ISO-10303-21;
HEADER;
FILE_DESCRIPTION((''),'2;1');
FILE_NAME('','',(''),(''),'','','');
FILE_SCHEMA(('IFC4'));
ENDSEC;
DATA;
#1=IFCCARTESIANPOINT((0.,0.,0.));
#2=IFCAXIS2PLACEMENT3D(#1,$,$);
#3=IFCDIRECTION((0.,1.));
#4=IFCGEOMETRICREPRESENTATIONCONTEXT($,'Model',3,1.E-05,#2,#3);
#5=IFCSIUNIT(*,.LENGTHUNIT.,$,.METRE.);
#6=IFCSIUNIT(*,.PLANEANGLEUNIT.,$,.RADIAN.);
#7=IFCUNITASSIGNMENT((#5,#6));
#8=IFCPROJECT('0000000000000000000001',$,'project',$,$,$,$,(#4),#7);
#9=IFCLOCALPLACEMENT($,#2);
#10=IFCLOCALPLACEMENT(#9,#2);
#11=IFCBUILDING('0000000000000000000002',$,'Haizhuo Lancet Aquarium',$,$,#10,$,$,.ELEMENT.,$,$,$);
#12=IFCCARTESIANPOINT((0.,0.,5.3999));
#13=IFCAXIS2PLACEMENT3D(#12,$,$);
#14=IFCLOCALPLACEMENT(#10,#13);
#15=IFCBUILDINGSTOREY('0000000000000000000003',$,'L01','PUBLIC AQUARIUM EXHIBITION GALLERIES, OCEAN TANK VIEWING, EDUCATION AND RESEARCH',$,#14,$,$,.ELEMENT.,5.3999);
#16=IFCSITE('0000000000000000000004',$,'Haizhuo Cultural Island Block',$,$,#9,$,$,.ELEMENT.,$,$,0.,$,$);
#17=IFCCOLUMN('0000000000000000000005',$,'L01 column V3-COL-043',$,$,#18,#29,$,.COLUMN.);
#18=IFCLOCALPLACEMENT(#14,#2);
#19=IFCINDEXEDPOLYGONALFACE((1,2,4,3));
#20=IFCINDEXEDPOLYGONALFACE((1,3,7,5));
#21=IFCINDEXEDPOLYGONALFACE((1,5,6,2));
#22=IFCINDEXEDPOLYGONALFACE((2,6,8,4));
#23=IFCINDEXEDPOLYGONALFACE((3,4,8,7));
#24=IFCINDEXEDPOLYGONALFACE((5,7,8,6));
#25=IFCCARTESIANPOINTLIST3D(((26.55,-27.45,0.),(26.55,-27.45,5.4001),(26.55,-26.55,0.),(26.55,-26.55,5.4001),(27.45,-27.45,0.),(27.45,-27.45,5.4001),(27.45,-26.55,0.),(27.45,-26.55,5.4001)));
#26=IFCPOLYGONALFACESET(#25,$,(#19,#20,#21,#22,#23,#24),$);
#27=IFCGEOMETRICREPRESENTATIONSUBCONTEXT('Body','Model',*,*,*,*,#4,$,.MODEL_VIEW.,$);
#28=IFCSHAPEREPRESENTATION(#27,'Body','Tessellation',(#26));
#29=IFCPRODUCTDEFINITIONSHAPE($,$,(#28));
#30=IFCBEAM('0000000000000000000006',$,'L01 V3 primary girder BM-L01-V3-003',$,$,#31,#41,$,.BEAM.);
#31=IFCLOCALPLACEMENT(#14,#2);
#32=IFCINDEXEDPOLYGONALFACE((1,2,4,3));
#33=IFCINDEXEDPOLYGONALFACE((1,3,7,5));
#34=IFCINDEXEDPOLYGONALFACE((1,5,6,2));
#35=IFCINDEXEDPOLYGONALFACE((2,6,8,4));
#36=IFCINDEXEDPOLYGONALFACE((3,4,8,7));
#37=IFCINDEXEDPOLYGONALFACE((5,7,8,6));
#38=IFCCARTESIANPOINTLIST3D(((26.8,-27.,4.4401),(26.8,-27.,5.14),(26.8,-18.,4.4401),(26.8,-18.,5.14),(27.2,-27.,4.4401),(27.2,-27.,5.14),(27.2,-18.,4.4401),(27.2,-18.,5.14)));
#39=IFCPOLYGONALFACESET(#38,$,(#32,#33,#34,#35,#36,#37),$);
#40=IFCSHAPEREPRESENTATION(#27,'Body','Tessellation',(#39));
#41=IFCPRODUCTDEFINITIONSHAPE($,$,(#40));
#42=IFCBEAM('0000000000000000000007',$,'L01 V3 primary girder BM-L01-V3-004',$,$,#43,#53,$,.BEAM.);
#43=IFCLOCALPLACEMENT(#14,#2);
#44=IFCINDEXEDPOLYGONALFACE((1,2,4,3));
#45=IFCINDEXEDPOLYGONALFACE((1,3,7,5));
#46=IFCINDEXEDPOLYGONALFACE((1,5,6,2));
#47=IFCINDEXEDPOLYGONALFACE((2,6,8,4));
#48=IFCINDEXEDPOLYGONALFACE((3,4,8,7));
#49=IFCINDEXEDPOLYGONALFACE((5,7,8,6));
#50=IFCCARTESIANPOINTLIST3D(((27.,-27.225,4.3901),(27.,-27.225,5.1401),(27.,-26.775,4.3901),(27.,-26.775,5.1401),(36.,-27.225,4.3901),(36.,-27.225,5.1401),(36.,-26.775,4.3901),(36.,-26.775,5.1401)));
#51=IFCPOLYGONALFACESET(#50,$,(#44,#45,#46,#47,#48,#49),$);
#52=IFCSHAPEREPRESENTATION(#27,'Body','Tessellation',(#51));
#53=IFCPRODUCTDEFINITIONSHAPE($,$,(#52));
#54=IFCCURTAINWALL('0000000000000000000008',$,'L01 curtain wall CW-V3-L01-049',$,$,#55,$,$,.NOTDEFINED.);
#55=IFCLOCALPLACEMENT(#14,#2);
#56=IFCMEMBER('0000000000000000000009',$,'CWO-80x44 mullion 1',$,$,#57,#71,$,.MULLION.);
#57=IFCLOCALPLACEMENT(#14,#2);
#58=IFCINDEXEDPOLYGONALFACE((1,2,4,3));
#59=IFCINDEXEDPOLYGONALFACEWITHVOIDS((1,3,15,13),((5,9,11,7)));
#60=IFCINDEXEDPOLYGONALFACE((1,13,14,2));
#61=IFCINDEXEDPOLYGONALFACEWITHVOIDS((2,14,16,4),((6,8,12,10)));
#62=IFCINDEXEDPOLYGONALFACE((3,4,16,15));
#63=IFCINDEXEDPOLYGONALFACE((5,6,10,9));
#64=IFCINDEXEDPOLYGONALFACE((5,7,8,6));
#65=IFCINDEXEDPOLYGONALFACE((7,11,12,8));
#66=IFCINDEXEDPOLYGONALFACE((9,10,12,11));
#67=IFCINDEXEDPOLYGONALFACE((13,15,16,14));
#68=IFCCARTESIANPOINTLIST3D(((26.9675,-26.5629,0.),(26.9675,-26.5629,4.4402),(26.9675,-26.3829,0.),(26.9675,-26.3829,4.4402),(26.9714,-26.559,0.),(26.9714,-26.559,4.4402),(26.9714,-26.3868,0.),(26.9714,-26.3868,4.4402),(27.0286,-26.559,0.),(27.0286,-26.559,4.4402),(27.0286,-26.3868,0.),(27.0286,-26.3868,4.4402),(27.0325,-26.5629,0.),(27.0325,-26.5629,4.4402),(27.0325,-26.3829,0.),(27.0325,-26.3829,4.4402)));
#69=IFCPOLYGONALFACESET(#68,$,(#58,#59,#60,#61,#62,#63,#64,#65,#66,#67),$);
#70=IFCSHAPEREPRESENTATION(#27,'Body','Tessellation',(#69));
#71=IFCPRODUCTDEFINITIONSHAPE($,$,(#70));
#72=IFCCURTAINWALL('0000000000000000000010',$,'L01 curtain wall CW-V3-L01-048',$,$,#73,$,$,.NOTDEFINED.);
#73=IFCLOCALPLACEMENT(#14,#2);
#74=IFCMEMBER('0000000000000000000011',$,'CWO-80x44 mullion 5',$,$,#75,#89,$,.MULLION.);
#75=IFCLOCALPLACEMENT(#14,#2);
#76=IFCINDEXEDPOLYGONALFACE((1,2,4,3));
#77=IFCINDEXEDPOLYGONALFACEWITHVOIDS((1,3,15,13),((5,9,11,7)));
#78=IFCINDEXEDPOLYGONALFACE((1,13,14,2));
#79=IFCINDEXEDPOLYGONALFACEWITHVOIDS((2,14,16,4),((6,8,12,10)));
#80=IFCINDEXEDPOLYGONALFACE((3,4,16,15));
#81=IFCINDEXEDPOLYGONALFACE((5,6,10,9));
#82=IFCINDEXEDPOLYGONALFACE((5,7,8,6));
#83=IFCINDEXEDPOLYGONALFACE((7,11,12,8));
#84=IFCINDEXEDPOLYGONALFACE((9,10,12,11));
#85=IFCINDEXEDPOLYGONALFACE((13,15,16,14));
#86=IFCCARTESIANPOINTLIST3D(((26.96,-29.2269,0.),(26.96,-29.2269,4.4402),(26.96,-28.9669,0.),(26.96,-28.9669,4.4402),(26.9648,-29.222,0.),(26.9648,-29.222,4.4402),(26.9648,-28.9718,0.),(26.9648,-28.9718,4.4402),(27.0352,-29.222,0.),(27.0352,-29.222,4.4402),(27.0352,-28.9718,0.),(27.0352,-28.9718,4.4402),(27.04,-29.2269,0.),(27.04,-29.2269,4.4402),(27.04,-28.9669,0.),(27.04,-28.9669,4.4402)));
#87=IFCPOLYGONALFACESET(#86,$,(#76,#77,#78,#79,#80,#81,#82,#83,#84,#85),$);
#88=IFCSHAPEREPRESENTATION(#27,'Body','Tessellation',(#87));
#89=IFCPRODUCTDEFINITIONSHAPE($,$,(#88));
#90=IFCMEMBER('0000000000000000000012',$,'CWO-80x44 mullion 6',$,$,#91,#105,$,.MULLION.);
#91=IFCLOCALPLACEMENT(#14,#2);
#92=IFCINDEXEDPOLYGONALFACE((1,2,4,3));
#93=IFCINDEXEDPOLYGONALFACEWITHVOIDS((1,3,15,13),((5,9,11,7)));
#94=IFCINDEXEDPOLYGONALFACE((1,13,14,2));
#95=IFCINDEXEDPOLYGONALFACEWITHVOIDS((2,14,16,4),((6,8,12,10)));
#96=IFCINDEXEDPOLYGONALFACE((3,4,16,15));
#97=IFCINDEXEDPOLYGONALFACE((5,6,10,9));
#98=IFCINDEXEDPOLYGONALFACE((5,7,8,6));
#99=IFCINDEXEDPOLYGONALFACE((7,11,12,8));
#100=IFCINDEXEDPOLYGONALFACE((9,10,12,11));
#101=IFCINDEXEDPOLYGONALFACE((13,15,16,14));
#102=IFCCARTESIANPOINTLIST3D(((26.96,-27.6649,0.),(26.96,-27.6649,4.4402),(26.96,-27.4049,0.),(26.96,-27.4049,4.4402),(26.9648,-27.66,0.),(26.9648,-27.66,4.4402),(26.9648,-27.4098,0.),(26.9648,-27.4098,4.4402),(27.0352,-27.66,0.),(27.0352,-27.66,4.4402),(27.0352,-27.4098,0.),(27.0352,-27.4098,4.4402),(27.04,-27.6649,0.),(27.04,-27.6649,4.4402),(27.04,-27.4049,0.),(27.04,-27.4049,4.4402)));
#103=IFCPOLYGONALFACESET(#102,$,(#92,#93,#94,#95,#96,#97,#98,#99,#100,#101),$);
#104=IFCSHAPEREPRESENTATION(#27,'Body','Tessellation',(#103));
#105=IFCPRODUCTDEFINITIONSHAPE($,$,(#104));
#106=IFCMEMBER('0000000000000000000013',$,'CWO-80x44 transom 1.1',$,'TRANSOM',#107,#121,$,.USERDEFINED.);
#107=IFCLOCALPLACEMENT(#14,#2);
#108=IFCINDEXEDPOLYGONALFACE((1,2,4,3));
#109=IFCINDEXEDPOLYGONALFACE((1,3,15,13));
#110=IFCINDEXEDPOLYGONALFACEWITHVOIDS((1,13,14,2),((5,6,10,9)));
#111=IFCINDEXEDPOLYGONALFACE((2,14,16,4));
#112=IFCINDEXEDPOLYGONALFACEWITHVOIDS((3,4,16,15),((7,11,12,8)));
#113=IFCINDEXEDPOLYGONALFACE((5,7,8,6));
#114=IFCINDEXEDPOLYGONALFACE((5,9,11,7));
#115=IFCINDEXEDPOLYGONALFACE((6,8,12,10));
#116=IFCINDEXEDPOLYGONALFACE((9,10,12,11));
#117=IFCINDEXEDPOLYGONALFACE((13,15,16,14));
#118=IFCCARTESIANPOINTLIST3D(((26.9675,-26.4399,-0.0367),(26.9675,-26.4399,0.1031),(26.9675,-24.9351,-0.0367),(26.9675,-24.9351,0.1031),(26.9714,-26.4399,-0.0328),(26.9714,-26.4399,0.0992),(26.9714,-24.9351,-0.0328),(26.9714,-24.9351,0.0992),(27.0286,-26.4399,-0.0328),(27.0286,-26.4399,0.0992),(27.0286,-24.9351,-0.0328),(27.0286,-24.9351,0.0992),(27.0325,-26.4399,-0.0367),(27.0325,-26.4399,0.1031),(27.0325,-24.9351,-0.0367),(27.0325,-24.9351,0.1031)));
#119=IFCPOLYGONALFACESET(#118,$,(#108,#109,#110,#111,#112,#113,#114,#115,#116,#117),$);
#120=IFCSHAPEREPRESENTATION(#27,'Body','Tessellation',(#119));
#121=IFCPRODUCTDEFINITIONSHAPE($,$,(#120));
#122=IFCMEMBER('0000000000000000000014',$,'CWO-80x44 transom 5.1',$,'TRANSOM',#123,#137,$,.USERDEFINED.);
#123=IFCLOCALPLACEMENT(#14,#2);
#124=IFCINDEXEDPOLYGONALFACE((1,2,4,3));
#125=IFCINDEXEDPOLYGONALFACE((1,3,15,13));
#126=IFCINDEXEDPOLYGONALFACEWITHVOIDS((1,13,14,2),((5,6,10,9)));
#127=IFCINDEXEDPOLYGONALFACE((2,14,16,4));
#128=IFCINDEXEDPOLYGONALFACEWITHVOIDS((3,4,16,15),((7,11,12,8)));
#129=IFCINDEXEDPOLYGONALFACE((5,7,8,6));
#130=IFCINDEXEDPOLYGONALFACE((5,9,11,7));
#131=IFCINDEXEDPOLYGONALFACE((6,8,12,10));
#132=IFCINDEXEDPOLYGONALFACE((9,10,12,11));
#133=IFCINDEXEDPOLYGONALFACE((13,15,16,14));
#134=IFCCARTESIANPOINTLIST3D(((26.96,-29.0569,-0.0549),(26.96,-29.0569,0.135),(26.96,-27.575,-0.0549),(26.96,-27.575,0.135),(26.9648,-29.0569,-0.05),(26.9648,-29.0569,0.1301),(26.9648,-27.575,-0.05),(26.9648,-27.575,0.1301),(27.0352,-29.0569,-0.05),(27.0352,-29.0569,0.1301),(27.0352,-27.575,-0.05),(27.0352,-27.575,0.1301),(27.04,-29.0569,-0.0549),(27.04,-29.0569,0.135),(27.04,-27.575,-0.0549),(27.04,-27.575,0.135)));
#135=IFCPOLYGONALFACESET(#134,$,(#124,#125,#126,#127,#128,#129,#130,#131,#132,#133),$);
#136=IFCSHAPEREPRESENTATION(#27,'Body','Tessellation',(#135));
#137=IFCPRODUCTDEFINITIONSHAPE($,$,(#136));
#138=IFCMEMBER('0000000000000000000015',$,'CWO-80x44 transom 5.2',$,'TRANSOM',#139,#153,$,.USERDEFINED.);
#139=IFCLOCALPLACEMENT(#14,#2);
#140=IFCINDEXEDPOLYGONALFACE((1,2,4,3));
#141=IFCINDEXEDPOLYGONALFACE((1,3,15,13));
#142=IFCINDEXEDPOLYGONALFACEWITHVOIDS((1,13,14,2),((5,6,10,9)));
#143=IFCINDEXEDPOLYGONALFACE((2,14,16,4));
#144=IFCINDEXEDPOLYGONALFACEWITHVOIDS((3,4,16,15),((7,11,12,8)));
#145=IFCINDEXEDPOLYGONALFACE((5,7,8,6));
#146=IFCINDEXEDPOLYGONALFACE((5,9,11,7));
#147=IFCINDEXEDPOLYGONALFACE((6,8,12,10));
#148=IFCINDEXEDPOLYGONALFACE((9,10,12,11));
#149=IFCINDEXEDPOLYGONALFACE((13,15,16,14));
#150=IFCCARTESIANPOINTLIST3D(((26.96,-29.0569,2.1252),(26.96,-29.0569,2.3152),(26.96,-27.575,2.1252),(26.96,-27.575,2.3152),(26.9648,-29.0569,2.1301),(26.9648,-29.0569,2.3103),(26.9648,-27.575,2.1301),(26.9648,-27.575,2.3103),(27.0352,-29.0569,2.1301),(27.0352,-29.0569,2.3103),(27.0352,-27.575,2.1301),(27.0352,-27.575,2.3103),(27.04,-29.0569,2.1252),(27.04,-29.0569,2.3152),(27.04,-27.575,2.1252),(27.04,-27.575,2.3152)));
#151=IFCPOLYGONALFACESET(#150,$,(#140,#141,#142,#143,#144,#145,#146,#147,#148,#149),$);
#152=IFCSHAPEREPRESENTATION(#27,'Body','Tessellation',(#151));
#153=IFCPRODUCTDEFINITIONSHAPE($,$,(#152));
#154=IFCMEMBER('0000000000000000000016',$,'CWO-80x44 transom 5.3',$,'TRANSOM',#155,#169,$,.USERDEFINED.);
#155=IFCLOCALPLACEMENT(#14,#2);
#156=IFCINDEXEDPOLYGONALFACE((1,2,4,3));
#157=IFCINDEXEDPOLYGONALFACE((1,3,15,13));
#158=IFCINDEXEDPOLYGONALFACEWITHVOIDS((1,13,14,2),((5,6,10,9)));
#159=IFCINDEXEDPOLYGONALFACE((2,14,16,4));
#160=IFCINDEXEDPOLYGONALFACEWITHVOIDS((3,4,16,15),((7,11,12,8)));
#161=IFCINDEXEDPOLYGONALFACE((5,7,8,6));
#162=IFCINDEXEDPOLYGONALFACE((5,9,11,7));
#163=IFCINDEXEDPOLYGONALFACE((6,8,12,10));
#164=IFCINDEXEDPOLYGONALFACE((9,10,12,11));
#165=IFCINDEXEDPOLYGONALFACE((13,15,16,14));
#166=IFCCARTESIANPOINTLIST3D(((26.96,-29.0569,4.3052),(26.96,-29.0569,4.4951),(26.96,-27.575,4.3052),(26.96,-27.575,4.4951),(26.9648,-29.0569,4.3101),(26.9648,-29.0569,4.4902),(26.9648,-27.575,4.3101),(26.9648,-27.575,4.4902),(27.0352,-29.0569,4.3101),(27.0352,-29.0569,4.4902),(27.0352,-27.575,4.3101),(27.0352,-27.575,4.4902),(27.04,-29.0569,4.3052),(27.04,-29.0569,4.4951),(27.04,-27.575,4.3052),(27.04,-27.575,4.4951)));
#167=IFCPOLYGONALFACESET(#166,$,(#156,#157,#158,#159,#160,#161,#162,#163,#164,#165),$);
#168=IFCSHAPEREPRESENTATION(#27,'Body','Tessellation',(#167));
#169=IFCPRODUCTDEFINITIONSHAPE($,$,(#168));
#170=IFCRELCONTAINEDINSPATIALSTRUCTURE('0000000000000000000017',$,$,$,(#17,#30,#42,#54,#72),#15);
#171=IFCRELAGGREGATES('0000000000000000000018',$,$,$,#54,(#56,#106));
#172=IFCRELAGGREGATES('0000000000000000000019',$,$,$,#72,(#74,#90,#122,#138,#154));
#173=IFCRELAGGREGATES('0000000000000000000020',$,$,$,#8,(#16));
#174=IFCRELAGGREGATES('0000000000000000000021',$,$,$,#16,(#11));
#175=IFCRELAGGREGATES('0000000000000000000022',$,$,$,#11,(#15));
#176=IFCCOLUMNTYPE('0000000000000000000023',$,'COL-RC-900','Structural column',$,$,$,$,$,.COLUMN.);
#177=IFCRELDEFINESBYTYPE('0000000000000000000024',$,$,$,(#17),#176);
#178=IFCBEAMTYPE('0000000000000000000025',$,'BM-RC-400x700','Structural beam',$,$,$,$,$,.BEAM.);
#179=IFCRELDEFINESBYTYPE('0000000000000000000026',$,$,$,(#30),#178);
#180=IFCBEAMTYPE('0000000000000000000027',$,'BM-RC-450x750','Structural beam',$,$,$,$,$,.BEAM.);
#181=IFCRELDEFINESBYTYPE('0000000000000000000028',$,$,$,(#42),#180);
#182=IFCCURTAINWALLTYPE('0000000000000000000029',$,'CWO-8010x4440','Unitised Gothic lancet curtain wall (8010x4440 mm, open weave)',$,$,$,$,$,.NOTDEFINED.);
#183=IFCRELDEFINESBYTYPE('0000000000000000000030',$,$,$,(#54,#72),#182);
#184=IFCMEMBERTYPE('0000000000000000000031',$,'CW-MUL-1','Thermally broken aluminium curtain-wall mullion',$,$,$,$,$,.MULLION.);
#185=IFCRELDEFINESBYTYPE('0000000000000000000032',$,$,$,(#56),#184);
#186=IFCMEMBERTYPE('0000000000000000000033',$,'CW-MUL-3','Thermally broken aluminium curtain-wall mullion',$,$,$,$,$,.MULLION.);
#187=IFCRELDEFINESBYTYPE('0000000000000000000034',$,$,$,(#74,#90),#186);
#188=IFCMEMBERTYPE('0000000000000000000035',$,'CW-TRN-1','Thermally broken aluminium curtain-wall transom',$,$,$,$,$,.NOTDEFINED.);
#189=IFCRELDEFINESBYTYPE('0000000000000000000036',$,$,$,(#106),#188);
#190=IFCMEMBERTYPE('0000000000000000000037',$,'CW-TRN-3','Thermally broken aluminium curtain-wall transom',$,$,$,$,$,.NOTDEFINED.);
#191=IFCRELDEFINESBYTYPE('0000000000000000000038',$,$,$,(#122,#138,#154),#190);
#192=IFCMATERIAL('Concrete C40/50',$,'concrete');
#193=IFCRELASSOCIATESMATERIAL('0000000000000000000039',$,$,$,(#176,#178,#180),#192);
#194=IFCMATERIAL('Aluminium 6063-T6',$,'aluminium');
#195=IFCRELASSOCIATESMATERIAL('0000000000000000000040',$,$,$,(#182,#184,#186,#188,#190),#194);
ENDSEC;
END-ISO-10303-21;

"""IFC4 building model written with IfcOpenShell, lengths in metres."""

from ifc_helpers import new_model, si_unit, direction, frame, origin, origin_2d, place, context, subcontext, project, spatial, rectangle, hollow_rectangle, extrude, material, material_profile, profile_set, type_object, element, aggregate, save


model = new_model("IFC4")

# Units and contexts
model_context = context("Model", 3, precision=1e-05, world=origin(), true_north=direction((0.0, 1.0)))
body_context = subcontext(model_context, "Body", "Model", "MODEL_VIEW")
ifc_project = project(units=[si_unit("LENGTHUNIT", "METRE"), si_unit("PLANEANGLEUNIT", "RADIAN")], contexts=[model_context])

# Site, building, storey
site_placement = place(None, origin())
site = spatial("IfcSite", under=ifc_project, at=site_placement, Name="Haizhuo Cultural Island Block", CompositionType="ELEMENT", RefElevation=0.0)
building_placement = place(site_placement, origin())
building = spatial("IfcBuilding", under=site, at=building_placement, Name="Haizhuo Lancet Aquarium", CompositionType="ELEMENT")
storey_placement = place(building_placement, frame((0.0, 0.0, 5.3999)))
storey = spatial("IfcBuildingStorey", under=building, at=storey_placement, Name="L01", Description="PUBLIC AQUARIUM EXHIBITION GALLERIES, OCEAN TANK VIEWING, EDUCATION AND RESEARCH", CompositionType="ELEMENT", Elevation=5.3999)

# Column
ifc_material_1 = material(Name="Concrete C40/50", Category="concrete")
ifc_material_profile_1 = material_profile(ifc_material_1, rectangle(XDim=0.8999, YDim=0.8999, at=origin_2d()), Name="RC-COL 900x900")
ifc_profile_set_1 = profile_set([ifc_material_profile_1], Name="Concrete C40/50")
column_type = type_object("IfcColumnType", Name="COL-RC-900", Description="Structural column", PredefinedType="COLUMN", material=ifc_profile_set_1)
column_placement = place(storey_placement, frame((27.0, -27.0, 0.0), z_axis=(0.0, 0.0, 1.0), x_axis=(1.0, 0.0, 0.0)))
element("IfcColumn", 1, at=column_placement, inside=storey, type_object=column_type, Name="L01 column V3-COL-043", PredefinedType="COLUMN", context=body_context, shape_type="SweptSolid", body=[
    extrude(rectangle(XDim=0.8999, YDim=0.8999, at=origin_2d()), origin(), (0.0, 0.0, 1.0), 5.4001),
])

# Beams
ifc_material_profile_2 = material_profile(ifc_material_1, rectangle(XDim=0.3999, YDim=0.7, at=origin_2d()), Name="RC-BM 400x700")
ifc_profile_set_2 = profile_set([ifc_material_profile_2], Name="Concrete C40/50")
beam_type_1 = type_object("IfcBeamType", Name="BM-RC-400x700", Description="Structural beam", PredefinedType="BEAM", material=ifc_profile_set_2)
beam_1_placement = place(storey_placement, frame((27.0, -27.0, 4.79), z_axis=(0.0, 1.0, 0.0), x_axis=(-1.0, 0.0, 0.0)))
element("IfcBeam", 2, at=beam_1_placement, inside=storey, type_object=beam_type_1, Name="L01 V3 primary girder BM-L01-V3-003", PredefinedType="BEAM", context=body_context, shape_type="SweptSolid", body=[
    extrude(rectangle(XDim=0.3999, YDim=0.7, at=origin_2d()), origin(), (0.0, 0.0, 1.0), 9.0),
])
ifc_material_profile_3 = material_profile(ifc_material_1, rectangle(XDim=0.45, YDim=0.75, at=origin_2d()), Name="RC-BM 450x750")
ifc_profile_set_3 = profile_set([ifc_material_profile_3], Name="Concrete C40/50")
beam_type_2 = type_object("IfcBeamType", Name="BM-RC-450x750", Description="Structural beam", PredefinedType="BEAM", material=ifc_profile_set_3)
beam_2_placement = place(storey_placement, frame((27.0, -27.0, 4.7651), z_axis=(1.0, 0.0, 0.0), x_axis=(0.0, 1.0, 0.0)))
element("IfcBeam", 3, at=beam_2_placement, inside=storey, type_object=beam_type_2, Name="L01 V3 primary girder BM-L01-V3-004", PredefinedType="BEAM", context=body_context, shape_type="SweptSolid", body=[
    extrude(rectangle(XDim=0.45, YDim=0.75, at=origin_2d()), origin(), (0.0, 0.0, 1.0), 9.0),
])

# Curtain wall, member
ifc_material_2 = material(Name="Aluminium 6063-T6", Category="aluminium")
curtain_wall_type = type_object("IfcCurtainWallType", Name="CWO-8010x4440", Description="Unitised Gothic lancet curtain wall (8010x4440 mm, open weave)", PredefinedType="NOTDEFINED", material=ifc_material_2)
curtain_wall_1_placement = place(storey_placement, origin())
curtain_wall_1 = element("IfcCurtainWall", 4, at=curtain_wall_1_placement, inside=storey, type_object=curtain_wall_type, Name="L01 curtain wall CW-V3-L01-049", PredefinedType="NOTDEFINED")
ifc_material_profile_4 = material_profile(ifc_material_2, hollow_rectangle(XDim=0.0649, YDim=0.1799, WallThickness=0.0039, at=origin_2d()), Name="ALU-M 65x180x4")
ifc_profile_set_4 = profile_set([ifc_material_profile_4], Name="Aluminium 6063-T6")
member_type_1 = type_object("IfcMemberType", Name="CW-MUL-1", Description="Thermally broken aluminium curtain-wall mullion", PredefinedType="MULLION", material=ifc_profile_set_4)
member_1_placement = place(storey_placement, frame((27.0, -26.4729, 0.0), z_axis=(0.0, 0.0, 1.0), x_axis=(-1.0, 0.0, 0.0)))
member_1 = element("IfcMember", 5, at=member_1_placement, type_object=member_type_1, Name="CWO-80x44 mullion 1", PredefinedType="MULLION", context=body_context, shape_type="SweptSolid", body=[
    extrude(hollow_rectangle(XDim=0.0649, YDim=0.1799, WallThickness=0.0039, at=origin_2d()), origin(), (0.0, 0.0, 1.0), 4.4402),
])

# Curtain wall, members
curtain_wall_2_placement = place(storey_placement, origin())
curtain_wall_2 = element("IfcCurtainWall", 6, at=curtain_wall_2_placement, inside=storey, type_object=curtain_wall_type, Name="L01 curtain wall CW-V3-L01-048", PredefinedType="NOTDEFINED")
ifc_material_profile_5 = material_profile(ifc_material_2, hollow_rectangle(XDim=0.0801, YDim=0.26, WallThickness=0.0049, at=origin_2d()), Name="ALU-M 80x260x5")
ifc_profile_set_5 = profile_set([ifc_material_profile_5], Name="Aluminium 6063-T6")
member_type_2 = type_object("IfcMemberType", Name="CW-MUL-3", Description="Thermally broken aluminium curtain-wall mullion", PredefinedType="MULLION", material=ifc_profile_set_5)
member_2_placement = place(storey_placement, frame((27.0, -29.0969, 0.0), z_axis=(0.0, 0.0, 1.0), x_axis=(-1.0, 0.0, 0.0)))
member_2 = element("IfcMember", 7, at=member_2_placement, type_object=member_type_2, Name="CWO-80x44 mullion 5", PredefinedType="MULLION", context=body_context, shape_type="SweptSolid", body=[
    extrude(hollow_rectangle(XDim=0.0801, YDim=0.26, WallThickness=0.0049, at=origin_2d()), origin(), (0.0, 0.0, 1.0), 4.4402),
])
member_3_placement = place(storey_placement, frame((27.0, -27.5349, 0.0), z_axis=(0.0, 0.0, 1.0), x_axis=(-1.0, 0.0, 0.0)))
member_3 = element("IfcMember", 8, at=member_3_placement, type_object=member_type_2, Name="CWO-80x44 mullion 6", PredefinedType="MULLION", context=body_context, shape_type="SweptSolid", body=[
    extrude(hollow_rectangle(XDim=0.0801, YDim=0.26, WallThickness=0.0049, at=origin_2d()), origin(), (0.0, 0.0, 1.0), 4.4402),
])

# Members
ifc_material_profile_6 = material_profile(ifc_material_2, hollow_rectangle(XDim=0.0649, YDim=0.1399, WallThickness=0.0039, at=origin_2d()), Name="ALU-T 65x140x4")
ifc_profile_set_6 = profile_set([ifc_material_profile_6], Name="Aluminium 6063-T6")
member_type_3 = type_object("IfcMemberType", Name="CW-TRN-1", Description="Thermally broken aluminium curtain-wall transom", PredefinedType="NOTDEFINED", material=ifc_profile_set_6)
member_4_placement = place(storey_placement, frame((27.0, -26.4399, 0.0332), z_axis=(0.0, 1.0, 0.0), x_axis=(-1.0, 0.0, 0.0)))
member_4 = element("IfcMember", 9, at=member_4_placement, type_object=member_type_3, Name="CWO-80x44 transom 1.1", ObjectType="TRANSOM", PredefinedType="USERDEFINED", context=body_context, shape_type="SweptSolid", body=[
    extrude(hollow_rectangle(XDim=0.0649, YDim=0.1399, WallThickness=0.0039, at=origin_2d()), origin(), (0.0, 0.0, 1.0), 1.5049),
])
aggregate(curtain_wall_1, [member_1, member_4])
ifc_material_profile_7 = material_profile(ifc_material_2, hollow_rectangle(XDim=0.0801, YDim=0.1899, WallThickness=0.0049, at=origin_2d()), Name="ALU-T 80x190x5")
ifc_profile_set_7 = profile_set([ifc_material_profile_7], Name="Aluminium 6063-T6")
member_type_4 = type_object("IfcMemberType", Name="CW-TRN-3", Description="Thermally broken aluminium curtain-wall transom", PredefinedType="NOTDEFINED", material=ifc_profile_set_7)
member_5_placement = place(storey_placement, frame((27.0, -29.0569, 0.04), z_axis=(0.0, 1.0, 0.0), x_axis=(-1.0, 0.0, 0.0)))
member_5 = element("IfcMember", 10, at=member_5_placement, type_object=member_type_4, Name="CWO-80x44 transom 5.1", ObjectType="TRANSOM", PredefinedType="USERDEFINED", context=body_context, shape_type="SweptSolid", body=[
    extrude(hollow_rectangle(XDim=0.0801, YDim=0.1899, WallThickness=0.0049, at=origin_2d()), origin(), (0.0, 0.0, 1.0), 1.4819),
])
member_6_placement = place(storey_placement, frame((27.0, -29.0569, 2.2202), z_axis=(0.0, 1.0, 0.0), x_axis=(-1.0, 0.0, 0.0)))
member_6 = element("IfcMember", 11, at=member_6_placement, type_object=member_type_4, Name="CWO-80x44 transom 5.2", ObjectType="TRANSOM", PredefinedType="USERDEFINED", context=body_context, shape_type="SweptSolid", body=[
    extrude(hollow_rectangle(XDim=0.0801, YDim=0.1899, WallThickness=0.0049, at=origin_2d()), origin(), (0.0, 0.0, 1.0), 1.4819),
])
member_7_placement = place(storey_placement, frame((27.0, -29.0569, 4.4001), z_axis=(0.0, 1.0, 0.0), x_axis=(-1.0, 0.0, 0.0)))
member_7 = element("IfcMember", 12, at=member_7_placement, type_object=member_type_4, Name="CWO-80x44 transom 5.3", ObjectType="TRANSOM", PredefinedType="USERDEFINED", context=body_context, shape_type="SweptSolid", body=[
    extrude(hollow_rectangle(XDim=0.0801, YDim=0.1899, WallThickness=0.0049, at=origin_2d()), origin(), (0.0, 0.0, 1.0), 1.4819),
])

aggregate(curtain_wall_2, [member_2, member_3, member_5, member_6, member_7])

save(model, "model.ifc")
